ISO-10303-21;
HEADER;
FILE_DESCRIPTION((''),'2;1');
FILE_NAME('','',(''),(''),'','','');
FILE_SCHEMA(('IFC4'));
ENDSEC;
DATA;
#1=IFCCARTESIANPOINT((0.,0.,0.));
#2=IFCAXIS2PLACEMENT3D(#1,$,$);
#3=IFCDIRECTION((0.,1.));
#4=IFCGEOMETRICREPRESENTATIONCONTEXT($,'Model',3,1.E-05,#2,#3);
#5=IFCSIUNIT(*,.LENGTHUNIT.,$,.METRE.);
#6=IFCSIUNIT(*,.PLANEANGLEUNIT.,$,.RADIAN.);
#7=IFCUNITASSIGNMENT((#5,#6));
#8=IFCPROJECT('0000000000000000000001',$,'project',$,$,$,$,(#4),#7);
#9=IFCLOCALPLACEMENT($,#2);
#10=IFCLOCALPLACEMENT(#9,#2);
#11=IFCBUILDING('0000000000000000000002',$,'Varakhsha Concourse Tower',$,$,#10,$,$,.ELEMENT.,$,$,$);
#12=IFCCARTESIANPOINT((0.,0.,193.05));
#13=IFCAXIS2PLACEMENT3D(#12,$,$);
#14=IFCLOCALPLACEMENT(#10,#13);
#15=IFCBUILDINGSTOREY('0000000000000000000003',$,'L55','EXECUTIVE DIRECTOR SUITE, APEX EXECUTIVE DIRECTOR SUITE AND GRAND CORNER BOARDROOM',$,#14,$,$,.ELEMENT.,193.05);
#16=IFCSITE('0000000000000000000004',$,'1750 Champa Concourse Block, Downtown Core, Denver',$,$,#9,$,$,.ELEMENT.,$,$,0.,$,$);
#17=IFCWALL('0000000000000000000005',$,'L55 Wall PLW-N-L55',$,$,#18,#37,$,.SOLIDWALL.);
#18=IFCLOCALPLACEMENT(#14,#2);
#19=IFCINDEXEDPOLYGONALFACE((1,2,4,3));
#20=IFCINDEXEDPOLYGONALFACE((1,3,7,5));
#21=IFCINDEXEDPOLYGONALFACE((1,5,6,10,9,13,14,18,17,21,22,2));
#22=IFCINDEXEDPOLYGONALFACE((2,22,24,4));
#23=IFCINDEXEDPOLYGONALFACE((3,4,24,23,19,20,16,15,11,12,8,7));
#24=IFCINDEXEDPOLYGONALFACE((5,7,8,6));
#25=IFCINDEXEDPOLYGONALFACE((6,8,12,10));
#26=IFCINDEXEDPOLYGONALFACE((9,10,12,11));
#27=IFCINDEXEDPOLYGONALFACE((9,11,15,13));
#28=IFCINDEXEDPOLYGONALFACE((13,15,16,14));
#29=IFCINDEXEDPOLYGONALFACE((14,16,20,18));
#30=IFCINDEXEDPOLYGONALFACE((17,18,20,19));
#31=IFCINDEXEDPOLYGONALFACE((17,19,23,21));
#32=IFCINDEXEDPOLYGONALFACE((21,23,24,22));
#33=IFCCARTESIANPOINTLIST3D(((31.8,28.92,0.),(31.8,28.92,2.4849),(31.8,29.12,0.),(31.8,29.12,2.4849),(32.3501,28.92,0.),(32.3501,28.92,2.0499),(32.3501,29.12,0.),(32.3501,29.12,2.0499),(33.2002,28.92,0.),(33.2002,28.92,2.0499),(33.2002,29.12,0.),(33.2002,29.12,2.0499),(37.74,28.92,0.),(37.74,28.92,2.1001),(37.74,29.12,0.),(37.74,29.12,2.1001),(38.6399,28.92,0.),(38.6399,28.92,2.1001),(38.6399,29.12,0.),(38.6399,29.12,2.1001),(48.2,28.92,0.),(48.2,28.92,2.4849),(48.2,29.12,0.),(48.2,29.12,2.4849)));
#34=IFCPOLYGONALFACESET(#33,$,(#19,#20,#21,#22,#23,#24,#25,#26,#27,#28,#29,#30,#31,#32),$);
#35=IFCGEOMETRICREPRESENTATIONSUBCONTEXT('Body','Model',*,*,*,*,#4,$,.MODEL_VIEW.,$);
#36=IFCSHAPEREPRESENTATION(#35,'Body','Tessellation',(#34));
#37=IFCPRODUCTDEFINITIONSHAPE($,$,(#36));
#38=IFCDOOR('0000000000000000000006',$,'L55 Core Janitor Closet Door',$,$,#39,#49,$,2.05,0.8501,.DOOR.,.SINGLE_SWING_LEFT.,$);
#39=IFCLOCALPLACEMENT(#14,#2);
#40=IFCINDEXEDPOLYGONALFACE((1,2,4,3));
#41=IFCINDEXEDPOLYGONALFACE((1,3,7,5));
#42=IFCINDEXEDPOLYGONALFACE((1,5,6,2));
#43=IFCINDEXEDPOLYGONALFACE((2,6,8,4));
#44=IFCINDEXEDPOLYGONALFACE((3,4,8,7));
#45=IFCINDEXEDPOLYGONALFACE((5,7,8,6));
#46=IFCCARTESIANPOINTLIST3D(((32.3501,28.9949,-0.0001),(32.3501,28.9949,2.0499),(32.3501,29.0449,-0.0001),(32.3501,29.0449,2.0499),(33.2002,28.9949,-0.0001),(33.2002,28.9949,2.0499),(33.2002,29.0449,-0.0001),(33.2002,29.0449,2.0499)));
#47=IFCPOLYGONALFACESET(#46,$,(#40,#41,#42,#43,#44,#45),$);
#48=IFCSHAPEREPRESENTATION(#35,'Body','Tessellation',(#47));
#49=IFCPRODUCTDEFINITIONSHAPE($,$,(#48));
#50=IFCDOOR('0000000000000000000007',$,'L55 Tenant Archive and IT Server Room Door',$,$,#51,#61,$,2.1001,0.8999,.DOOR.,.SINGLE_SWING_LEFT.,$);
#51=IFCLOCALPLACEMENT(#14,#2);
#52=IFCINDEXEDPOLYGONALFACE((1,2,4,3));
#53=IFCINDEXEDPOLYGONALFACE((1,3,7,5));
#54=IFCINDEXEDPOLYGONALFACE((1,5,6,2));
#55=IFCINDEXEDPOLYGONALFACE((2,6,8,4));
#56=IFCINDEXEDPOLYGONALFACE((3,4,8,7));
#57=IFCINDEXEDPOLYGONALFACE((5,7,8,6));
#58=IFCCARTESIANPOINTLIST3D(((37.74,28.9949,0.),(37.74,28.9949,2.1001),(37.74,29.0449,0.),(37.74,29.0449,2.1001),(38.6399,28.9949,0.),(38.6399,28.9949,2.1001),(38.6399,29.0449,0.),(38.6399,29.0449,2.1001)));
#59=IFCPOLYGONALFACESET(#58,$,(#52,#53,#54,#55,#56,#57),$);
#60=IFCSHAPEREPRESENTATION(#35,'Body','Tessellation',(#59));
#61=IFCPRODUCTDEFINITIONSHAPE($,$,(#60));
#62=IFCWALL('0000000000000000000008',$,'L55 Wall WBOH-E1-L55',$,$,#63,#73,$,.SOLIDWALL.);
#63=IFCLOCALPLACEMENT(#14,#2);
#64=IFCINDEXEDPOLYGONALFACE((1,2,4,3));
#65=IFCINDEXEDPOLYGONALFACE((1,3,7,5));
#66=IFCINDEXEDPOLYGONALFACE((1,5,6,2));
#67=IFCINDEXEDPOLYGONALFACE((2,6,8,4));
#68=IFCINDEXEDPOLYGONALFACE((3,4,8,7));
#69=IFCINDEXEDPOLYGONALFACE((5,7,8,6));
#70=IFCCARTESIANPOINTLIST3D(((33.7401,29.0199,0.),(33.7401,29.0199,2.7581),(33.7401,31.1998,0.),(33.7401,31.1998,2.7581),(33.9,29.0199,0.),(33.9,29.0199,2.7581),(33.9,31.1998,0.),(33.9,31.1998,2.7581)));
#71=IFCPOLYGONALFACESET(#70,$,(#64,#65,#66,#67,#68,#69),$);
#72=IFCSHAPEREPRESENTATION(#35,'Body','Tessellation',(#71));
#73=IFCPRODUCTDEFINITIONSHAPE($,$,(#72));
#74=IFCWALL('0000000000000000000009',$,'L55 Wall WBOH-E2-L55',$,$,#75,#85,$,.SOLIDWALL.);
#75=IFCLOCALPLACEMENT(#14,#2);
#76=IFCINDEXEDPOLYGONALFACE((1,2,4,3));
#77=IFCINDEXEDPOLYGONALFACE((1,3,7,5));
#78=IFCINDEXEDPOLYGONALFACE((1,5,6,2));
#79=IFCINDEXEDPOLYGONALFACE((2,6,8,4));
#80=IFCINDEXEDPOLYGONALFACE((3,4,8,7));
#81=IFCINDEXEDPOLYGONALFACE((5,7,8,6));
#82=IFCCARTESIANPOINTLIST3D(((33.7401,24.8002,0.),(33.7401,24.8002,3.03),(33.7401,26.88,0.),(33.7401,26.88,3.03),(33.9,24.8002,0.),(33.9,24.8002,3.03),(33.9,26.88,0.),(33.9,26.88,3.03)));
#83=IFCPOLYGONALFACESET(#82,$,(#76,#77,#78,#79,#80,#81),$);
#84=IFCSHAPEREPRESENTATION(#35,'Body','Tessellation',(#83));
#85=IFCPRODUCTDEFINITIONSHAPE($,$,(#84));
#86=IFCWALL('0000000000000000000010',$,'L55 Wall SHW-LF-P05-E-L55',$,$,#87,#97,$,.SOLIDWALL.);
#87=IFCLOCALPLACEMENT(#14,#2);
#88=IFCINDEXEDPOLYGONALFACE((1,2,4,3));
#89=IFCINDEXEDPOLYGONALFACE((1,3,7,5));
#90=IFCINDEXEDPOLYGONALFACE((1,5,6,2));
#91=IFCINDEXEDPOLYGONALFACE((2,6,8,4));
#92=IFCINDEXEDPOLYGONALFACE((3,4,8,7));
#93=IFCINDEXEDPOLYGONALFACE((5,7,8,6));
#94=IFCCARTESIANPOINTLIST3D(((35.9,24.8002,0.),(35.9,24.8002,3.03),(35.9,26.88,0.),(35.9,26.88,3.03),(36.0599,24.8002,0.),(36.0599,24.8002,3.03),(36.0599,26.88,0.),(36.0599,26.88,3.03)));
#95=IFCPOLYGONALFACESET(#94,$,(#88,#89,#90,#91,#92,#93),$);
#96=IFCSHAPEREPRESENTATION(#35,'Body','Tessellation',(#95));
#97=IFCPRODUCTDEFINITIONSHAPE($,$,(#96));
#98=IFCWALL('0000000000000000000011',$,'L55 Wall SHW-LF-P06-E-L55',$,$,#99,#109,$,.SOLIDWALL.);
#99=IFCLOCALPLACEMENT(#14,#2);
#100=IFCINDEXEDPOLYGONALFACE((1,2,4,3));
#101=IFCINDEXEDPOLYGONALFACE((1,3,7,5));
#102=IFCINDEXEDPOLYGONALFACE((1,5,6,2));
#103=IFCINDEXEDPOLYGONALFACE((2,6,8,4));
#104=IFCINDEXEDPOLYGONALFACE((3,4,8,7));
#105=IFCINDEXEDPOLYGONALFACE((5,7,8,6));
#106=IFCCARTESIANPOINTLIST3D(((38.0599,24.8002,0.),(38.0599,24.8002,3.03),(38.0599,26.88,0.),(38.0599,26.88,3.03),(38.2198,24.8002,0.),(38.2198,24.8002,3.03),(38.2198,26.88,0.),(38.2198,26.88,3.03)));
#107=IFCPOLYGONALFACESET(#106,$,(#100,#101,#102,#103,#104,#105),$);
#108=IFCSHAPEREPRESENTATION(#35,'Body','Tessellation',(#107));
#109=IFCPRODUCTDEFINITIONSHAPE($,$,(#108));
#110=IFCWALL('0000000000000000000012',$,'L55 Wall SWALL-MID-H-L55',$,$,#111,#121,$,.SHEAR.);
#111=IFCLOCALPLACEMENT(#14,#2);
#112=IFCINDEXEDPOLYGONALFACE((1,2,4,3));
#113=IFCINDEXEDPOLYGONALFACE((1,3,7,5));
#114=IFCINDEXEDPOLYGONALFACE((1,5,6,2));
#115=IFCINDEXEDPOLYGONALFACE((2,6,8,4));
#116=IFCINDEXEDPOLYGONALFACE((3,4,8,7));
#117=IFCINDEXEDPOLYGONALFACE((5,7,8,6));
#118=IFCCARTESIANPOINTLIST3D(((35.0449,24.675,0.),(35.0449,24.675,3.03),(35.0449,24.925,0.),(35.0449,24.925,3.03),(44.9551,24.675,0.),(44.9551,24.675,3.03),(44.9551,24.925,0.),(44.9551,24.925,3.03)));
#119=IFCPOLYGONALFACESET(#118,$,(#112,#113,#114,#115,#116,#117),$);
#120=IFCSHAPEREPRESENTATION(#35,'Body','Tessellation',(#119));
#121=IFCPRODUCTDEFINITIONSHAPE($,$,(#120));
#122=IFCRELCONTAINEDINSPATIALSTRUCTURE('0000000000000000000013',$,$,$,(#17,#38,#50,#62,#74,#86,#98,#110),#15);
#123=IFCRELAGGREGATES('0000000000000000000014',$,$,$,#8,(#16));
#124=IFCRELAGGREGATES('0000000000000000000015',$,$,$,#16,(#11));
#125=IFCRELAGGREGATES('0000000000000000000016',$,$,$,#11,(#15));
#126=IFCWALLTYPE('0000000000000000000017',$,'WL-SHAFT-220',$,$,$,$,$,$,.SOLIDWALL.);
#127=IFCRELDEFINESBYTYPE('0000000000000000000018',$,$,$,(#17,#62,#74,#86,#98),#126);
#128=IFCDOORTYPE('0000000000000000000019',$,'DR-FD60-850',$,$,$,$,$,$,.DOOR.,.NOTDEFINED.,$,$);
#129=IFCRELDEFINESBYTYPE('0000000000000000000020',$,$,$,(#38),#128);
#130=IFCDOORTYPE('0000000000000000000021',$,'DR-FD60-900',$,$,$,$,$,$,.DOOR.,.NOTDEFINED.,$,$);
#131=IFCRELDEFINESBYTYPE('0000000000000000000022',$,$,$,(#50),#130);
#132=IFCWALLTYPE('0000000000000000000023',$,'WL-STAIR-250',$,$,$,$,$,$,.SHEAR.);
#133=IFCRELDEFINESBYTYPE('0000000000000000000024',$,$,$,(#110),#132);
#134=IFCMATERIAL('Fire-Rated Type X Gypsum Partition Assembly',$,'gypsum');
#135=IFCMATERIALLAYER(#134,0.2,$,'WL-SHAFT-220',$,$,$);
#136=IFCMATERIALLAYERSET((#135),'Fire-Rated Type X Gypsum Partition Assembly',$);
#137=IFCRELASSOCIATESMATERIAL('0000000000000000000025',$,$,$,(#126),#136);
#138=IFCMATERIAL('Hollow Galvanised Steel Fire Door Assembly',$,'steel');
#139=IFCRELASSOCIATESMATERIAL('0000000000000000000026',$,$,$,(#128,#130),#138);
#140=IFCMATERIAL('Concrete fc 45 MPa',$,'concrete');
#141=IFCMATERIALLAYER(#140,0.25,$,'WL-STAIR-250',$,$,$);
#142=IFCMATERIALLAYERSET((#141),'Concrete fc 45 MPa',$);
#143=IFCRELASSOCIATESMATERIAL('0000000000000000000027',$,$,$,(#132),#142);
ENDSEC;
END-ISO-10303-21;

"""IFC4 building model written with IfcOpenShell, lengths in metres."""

from ifc_helpers import new_model, si_unit, direction, frame, frame_2d, origin, place, context, subcontext, project, spatial, rectangle, extrude, material, layer, layer_set, type_object, element, fill, save


model = new_model("IFC4")

# Units and contexts
model_context = context("Model", 3, precision=1e-05, world=origin(), true_north=direction((0.0, 1.0)))
body_context = subcontext(model_context, "Body", "Model", "MODEL_VIEW")
ifc_project = project(units=[si_unit("LENGTHUNIT", "METRE"), si_unit("PLANEANGLEUNIT", "RADIAN")], contexts=[model_context])

# Site, building, storey
site_placement = place(None, origin())
site = spatial("IfcSite", under=ifc_project, at=site_placement, Name="1750 Champa Concourse Block, Downtown Core, Denver", CompositionType="ELEMENT", RefElevation=0.0)
building_placement = place(site_placement, origin())
building = spatial("IfcBuilding", under=site, at=building_placement, Name="Varakhsha Concourse Tower", CompositionType="ELEMENT")
storey_placement = place(building_placement, frame((0.0, 0.0, 193.05)))
storey = spatial("IfcBuildingStorey", under=building, at=storey_placement, Name="L55", Description="EXECUTIVE DIRECTOR SUITE, APEX EXECUTIVE DIRECTOR SUITE AND GRAND CORNER BOARDROOM", CompositionType="ELEMENT", Elevation=193.05)

# Shared definitions
ifc_material_1 = material(Name="Fire-Rated Type X Gypsum Partition Assembly", Category="gypsum")
ifc_material_2 = material(Name="Hollow Galvanised Steel Fire Door Assembly", Category="steel")
ifc_layer_1 = layer(ifc_material_1, 0.2, Name="WL-SHAFT-220")
ifc_layer_set_1 = layer_set([ifc_layer_1], Name="Fire-Rated Type X Gypsum Partition Assembly")
wall_type_1 = type_object("IfcWallType", Name="WL-SHAFT-220", PredefinedType="SOLIDWALL", material=ifc_layer_set_1)

# Wall, openings, doors
wall_1_placement = place(storey_placement, frame((31.8, 29.02, 0.0), z_axis=(0.0, 0.0, 1.0), x_axis=(1.0, 0.0, 0.0)))
wall_1 = element("IfcWall", 1, at=wall_1_placement, inside=storey, type_object=wall_type_1, Name="L55 Wall PLW-N-L55", PredefinedType="SOLIDWALL", context=body_context, shape_type="SweptSolid", body=[
    extrude(rectangle(XDim=16.3999, YDim=0.2, at=frame_2d((8.2, 0.0))), origin(), (0.0, 0.0, 1.0), 2.4849),
])
opening_1_placement = place(wall_1_placement, frame((0.55, 0.0, 0.0)))
opening_1 = element("IfcOpeningElement", 2, at=opening_1_placement, cuts=wall_1, PredefinedType="OPENING", context=body_context, shape_type="SweptSolid", body=[
    extrude(rectangle(XDim=0.8501, YDim=2.05, at=frame_2d((0.425, 1.0249))), frame((0.0, 0.1099, 0.0), z_axis=(0.0, -1.0, 0.0), x_axis=(1.0, 0.0, 0.0)), (0.0, 0.0, 1.0), 0.22),
])
opening_2_placement = place(wall_1_placement, frame((5.9399, 0.0, 0.0)))
opening_2 = element("IfcOpeningElement", 3, at=opening_2_placement, cuts=wall_1, PredefinedType="OPENING", context=body_context, shape_type="SweptSolid", body=[
    extrude(rectangle(XDim=0.8999, YDim=2.1001, at=frame_2d((0.45, 1.05))), frame((0.0, 0.1099, 0.0), z_axis=(0.0, -1.0, 0.0), x_axis=(1.0, 0.0, 0.0)), (0.0, 0.0, 1.0), 0.22),
])
door_type_1 = type_object("IfcDoorType", Name="DR-FD60-850", OperationType="NOTDEFINED", PredefinedType="DOOR", material=ifc_material_2)
door_1_placement = place(opening_1_placement, origin())
door_1 = element("IfcDoor", 4, at=door_1_placement, inside=storey, type_object=door_type_1, Name="L55 Core Janitor Closet Door", OperationType="SINGLE_SWING_LEFT", OverallHeight=2.05, OverallWidth=0.8501, PredefinedType="DOOR", context=body_context, shape_type="SweptSolid", body=[
    extrude(rectangle(XDim=0.8501, YDim=2.05, at=frame_2d((0.425, 1.0249))), frame((0.0, 0.0249, 0.0), z_axis=(0.0, -1.0, 0.0), x_axis=(1.0, 0.0, 0.0)), (0.0, 0.0, 1.0), 0.05),
])
fill(opening_1, door_1)
door_type_2 = type_object("IfcDoorType", Name="DR-FD60-900", OperationType="NOTDEFINED", PredefinedType="DOOR", material=ifc_material_2)
door_2_placement = place(opening_2_placement, origin())
door_2 = element("IfcDoor", 5, at=door_2_placement, inside=storey, type_object=door_type_2, Name="L55 Tenant Archive and IT Server Room Door", OperationType="SINGLE_SWING_LEFT", OverallHeight=2.1001, OverallWidth=0.8999, PredefinedType="DOOR", context=body_context, shape_type="SweptSolid", body=[
    extrude(rectangle(XDim=0.8999, YDim=2.1001, at=frame_2d((0.45, 1.05))), frame((0.0, 0.0249, 0.0), z_axis=(0.0, -1.0, 0.0), x_axis=(1.0, 0.0, 0.0)), (0.0, 0.0, 1.0), 0.05),
])
fill(opening_2, door_2)

# Walls
wall_2_placement = place(storey_placement, frame((33.8201, 29.02, 0.0), z_axis=(0.0, 0.0, 1.0), x_axis=(0.0, 1.0, 0.0)))
element("IfcWall", 6, at=wall_2_placement, inside=storey, type_object=wall_type_1, Name="L55 Wall WBOH-E1-L55", PredefinedType="SOLIDWALL", context=body_context, shape_type="SweptSolid", body=[
    extrude(rectangle(XDim=2.1799, YDim=0.1599, at=frame_2d((1.0898, 0.0))), origin(), (0.0, 0.0, 1.0), 2.7581),
])
for number, where, z_axis, x_axis, name in (
    (7, (33.8201, 24.8, 0.0), (0.0, 0.0, 1.0), (0.0, 1.0, 0.0), "L55 Wall WBOH-E2-L55"),
    (8, (35.98, 24.8, 0.0), (0.0, 0.0, 1.0), (0.0, 1.0, 0.0), "L55 Wall SHW-LF-P05-E-L55"),
    (9, (38.1399, 24.8, 0.0), (0.0, 0.0, 1.0), (0.0, 1.0, 0.0), "L55 Wall SHW-LF-P06-E-L55"),
):
    element("IfcWall", number, at=place(storey_placement, frame(where, z_axis=z_axis, x_axis=x_axis)), inside=storey, type_object=wall_type_1, Name=name, PredefinedType="SOLIDWALL", context=body_context, shape_type="SweptSolid", body=[
        extrude(rectangle(XDim=2.0798, YDim=0.1599, at=frame_2d((1.04, 0.0))), origin(), (0.0, 0.0, 1.0), 3.03),
    ])
ifc_material_3 = material(Name="Concrete fc 45 MPa", Category="concrete")
ifc_layer_2 = layer(ifc_material_3, 0.25, Name="WL-STAIR-250")
ifc_layer_set_2 = layer_set([ifc_layer_2], Name="Concrete fc 45 MPa")
wall_type_2 = type_object("IfcWallType", Name="WL-STAIR-250", PredefinedType="SHEAR", material=ifc_layer_set_2)
wall_3_placement = place(storey_placement, frame((35.0449, 24.8, 0.0), z_axis=(0.0, 0.0, 1.0), x_axis=(1.0, 0.0, 0.0)))
element("IfcWall", 10, at=wall_3_placement, inside=storey, type_object=wall_type_2, Name="L55 Wall SWALL-MID-H-L55", PredefinedType="SHEAR", context=body_context, shape_type="SweptSolid", body=[
    extrude(rectangle(XDim=9.9102, YDim=0.25, at=frame_2d((4.9551, 0.0))), origin(), (0.0, 0.0, 1.0), 3.03),
])

save(model, "model.ifc")
